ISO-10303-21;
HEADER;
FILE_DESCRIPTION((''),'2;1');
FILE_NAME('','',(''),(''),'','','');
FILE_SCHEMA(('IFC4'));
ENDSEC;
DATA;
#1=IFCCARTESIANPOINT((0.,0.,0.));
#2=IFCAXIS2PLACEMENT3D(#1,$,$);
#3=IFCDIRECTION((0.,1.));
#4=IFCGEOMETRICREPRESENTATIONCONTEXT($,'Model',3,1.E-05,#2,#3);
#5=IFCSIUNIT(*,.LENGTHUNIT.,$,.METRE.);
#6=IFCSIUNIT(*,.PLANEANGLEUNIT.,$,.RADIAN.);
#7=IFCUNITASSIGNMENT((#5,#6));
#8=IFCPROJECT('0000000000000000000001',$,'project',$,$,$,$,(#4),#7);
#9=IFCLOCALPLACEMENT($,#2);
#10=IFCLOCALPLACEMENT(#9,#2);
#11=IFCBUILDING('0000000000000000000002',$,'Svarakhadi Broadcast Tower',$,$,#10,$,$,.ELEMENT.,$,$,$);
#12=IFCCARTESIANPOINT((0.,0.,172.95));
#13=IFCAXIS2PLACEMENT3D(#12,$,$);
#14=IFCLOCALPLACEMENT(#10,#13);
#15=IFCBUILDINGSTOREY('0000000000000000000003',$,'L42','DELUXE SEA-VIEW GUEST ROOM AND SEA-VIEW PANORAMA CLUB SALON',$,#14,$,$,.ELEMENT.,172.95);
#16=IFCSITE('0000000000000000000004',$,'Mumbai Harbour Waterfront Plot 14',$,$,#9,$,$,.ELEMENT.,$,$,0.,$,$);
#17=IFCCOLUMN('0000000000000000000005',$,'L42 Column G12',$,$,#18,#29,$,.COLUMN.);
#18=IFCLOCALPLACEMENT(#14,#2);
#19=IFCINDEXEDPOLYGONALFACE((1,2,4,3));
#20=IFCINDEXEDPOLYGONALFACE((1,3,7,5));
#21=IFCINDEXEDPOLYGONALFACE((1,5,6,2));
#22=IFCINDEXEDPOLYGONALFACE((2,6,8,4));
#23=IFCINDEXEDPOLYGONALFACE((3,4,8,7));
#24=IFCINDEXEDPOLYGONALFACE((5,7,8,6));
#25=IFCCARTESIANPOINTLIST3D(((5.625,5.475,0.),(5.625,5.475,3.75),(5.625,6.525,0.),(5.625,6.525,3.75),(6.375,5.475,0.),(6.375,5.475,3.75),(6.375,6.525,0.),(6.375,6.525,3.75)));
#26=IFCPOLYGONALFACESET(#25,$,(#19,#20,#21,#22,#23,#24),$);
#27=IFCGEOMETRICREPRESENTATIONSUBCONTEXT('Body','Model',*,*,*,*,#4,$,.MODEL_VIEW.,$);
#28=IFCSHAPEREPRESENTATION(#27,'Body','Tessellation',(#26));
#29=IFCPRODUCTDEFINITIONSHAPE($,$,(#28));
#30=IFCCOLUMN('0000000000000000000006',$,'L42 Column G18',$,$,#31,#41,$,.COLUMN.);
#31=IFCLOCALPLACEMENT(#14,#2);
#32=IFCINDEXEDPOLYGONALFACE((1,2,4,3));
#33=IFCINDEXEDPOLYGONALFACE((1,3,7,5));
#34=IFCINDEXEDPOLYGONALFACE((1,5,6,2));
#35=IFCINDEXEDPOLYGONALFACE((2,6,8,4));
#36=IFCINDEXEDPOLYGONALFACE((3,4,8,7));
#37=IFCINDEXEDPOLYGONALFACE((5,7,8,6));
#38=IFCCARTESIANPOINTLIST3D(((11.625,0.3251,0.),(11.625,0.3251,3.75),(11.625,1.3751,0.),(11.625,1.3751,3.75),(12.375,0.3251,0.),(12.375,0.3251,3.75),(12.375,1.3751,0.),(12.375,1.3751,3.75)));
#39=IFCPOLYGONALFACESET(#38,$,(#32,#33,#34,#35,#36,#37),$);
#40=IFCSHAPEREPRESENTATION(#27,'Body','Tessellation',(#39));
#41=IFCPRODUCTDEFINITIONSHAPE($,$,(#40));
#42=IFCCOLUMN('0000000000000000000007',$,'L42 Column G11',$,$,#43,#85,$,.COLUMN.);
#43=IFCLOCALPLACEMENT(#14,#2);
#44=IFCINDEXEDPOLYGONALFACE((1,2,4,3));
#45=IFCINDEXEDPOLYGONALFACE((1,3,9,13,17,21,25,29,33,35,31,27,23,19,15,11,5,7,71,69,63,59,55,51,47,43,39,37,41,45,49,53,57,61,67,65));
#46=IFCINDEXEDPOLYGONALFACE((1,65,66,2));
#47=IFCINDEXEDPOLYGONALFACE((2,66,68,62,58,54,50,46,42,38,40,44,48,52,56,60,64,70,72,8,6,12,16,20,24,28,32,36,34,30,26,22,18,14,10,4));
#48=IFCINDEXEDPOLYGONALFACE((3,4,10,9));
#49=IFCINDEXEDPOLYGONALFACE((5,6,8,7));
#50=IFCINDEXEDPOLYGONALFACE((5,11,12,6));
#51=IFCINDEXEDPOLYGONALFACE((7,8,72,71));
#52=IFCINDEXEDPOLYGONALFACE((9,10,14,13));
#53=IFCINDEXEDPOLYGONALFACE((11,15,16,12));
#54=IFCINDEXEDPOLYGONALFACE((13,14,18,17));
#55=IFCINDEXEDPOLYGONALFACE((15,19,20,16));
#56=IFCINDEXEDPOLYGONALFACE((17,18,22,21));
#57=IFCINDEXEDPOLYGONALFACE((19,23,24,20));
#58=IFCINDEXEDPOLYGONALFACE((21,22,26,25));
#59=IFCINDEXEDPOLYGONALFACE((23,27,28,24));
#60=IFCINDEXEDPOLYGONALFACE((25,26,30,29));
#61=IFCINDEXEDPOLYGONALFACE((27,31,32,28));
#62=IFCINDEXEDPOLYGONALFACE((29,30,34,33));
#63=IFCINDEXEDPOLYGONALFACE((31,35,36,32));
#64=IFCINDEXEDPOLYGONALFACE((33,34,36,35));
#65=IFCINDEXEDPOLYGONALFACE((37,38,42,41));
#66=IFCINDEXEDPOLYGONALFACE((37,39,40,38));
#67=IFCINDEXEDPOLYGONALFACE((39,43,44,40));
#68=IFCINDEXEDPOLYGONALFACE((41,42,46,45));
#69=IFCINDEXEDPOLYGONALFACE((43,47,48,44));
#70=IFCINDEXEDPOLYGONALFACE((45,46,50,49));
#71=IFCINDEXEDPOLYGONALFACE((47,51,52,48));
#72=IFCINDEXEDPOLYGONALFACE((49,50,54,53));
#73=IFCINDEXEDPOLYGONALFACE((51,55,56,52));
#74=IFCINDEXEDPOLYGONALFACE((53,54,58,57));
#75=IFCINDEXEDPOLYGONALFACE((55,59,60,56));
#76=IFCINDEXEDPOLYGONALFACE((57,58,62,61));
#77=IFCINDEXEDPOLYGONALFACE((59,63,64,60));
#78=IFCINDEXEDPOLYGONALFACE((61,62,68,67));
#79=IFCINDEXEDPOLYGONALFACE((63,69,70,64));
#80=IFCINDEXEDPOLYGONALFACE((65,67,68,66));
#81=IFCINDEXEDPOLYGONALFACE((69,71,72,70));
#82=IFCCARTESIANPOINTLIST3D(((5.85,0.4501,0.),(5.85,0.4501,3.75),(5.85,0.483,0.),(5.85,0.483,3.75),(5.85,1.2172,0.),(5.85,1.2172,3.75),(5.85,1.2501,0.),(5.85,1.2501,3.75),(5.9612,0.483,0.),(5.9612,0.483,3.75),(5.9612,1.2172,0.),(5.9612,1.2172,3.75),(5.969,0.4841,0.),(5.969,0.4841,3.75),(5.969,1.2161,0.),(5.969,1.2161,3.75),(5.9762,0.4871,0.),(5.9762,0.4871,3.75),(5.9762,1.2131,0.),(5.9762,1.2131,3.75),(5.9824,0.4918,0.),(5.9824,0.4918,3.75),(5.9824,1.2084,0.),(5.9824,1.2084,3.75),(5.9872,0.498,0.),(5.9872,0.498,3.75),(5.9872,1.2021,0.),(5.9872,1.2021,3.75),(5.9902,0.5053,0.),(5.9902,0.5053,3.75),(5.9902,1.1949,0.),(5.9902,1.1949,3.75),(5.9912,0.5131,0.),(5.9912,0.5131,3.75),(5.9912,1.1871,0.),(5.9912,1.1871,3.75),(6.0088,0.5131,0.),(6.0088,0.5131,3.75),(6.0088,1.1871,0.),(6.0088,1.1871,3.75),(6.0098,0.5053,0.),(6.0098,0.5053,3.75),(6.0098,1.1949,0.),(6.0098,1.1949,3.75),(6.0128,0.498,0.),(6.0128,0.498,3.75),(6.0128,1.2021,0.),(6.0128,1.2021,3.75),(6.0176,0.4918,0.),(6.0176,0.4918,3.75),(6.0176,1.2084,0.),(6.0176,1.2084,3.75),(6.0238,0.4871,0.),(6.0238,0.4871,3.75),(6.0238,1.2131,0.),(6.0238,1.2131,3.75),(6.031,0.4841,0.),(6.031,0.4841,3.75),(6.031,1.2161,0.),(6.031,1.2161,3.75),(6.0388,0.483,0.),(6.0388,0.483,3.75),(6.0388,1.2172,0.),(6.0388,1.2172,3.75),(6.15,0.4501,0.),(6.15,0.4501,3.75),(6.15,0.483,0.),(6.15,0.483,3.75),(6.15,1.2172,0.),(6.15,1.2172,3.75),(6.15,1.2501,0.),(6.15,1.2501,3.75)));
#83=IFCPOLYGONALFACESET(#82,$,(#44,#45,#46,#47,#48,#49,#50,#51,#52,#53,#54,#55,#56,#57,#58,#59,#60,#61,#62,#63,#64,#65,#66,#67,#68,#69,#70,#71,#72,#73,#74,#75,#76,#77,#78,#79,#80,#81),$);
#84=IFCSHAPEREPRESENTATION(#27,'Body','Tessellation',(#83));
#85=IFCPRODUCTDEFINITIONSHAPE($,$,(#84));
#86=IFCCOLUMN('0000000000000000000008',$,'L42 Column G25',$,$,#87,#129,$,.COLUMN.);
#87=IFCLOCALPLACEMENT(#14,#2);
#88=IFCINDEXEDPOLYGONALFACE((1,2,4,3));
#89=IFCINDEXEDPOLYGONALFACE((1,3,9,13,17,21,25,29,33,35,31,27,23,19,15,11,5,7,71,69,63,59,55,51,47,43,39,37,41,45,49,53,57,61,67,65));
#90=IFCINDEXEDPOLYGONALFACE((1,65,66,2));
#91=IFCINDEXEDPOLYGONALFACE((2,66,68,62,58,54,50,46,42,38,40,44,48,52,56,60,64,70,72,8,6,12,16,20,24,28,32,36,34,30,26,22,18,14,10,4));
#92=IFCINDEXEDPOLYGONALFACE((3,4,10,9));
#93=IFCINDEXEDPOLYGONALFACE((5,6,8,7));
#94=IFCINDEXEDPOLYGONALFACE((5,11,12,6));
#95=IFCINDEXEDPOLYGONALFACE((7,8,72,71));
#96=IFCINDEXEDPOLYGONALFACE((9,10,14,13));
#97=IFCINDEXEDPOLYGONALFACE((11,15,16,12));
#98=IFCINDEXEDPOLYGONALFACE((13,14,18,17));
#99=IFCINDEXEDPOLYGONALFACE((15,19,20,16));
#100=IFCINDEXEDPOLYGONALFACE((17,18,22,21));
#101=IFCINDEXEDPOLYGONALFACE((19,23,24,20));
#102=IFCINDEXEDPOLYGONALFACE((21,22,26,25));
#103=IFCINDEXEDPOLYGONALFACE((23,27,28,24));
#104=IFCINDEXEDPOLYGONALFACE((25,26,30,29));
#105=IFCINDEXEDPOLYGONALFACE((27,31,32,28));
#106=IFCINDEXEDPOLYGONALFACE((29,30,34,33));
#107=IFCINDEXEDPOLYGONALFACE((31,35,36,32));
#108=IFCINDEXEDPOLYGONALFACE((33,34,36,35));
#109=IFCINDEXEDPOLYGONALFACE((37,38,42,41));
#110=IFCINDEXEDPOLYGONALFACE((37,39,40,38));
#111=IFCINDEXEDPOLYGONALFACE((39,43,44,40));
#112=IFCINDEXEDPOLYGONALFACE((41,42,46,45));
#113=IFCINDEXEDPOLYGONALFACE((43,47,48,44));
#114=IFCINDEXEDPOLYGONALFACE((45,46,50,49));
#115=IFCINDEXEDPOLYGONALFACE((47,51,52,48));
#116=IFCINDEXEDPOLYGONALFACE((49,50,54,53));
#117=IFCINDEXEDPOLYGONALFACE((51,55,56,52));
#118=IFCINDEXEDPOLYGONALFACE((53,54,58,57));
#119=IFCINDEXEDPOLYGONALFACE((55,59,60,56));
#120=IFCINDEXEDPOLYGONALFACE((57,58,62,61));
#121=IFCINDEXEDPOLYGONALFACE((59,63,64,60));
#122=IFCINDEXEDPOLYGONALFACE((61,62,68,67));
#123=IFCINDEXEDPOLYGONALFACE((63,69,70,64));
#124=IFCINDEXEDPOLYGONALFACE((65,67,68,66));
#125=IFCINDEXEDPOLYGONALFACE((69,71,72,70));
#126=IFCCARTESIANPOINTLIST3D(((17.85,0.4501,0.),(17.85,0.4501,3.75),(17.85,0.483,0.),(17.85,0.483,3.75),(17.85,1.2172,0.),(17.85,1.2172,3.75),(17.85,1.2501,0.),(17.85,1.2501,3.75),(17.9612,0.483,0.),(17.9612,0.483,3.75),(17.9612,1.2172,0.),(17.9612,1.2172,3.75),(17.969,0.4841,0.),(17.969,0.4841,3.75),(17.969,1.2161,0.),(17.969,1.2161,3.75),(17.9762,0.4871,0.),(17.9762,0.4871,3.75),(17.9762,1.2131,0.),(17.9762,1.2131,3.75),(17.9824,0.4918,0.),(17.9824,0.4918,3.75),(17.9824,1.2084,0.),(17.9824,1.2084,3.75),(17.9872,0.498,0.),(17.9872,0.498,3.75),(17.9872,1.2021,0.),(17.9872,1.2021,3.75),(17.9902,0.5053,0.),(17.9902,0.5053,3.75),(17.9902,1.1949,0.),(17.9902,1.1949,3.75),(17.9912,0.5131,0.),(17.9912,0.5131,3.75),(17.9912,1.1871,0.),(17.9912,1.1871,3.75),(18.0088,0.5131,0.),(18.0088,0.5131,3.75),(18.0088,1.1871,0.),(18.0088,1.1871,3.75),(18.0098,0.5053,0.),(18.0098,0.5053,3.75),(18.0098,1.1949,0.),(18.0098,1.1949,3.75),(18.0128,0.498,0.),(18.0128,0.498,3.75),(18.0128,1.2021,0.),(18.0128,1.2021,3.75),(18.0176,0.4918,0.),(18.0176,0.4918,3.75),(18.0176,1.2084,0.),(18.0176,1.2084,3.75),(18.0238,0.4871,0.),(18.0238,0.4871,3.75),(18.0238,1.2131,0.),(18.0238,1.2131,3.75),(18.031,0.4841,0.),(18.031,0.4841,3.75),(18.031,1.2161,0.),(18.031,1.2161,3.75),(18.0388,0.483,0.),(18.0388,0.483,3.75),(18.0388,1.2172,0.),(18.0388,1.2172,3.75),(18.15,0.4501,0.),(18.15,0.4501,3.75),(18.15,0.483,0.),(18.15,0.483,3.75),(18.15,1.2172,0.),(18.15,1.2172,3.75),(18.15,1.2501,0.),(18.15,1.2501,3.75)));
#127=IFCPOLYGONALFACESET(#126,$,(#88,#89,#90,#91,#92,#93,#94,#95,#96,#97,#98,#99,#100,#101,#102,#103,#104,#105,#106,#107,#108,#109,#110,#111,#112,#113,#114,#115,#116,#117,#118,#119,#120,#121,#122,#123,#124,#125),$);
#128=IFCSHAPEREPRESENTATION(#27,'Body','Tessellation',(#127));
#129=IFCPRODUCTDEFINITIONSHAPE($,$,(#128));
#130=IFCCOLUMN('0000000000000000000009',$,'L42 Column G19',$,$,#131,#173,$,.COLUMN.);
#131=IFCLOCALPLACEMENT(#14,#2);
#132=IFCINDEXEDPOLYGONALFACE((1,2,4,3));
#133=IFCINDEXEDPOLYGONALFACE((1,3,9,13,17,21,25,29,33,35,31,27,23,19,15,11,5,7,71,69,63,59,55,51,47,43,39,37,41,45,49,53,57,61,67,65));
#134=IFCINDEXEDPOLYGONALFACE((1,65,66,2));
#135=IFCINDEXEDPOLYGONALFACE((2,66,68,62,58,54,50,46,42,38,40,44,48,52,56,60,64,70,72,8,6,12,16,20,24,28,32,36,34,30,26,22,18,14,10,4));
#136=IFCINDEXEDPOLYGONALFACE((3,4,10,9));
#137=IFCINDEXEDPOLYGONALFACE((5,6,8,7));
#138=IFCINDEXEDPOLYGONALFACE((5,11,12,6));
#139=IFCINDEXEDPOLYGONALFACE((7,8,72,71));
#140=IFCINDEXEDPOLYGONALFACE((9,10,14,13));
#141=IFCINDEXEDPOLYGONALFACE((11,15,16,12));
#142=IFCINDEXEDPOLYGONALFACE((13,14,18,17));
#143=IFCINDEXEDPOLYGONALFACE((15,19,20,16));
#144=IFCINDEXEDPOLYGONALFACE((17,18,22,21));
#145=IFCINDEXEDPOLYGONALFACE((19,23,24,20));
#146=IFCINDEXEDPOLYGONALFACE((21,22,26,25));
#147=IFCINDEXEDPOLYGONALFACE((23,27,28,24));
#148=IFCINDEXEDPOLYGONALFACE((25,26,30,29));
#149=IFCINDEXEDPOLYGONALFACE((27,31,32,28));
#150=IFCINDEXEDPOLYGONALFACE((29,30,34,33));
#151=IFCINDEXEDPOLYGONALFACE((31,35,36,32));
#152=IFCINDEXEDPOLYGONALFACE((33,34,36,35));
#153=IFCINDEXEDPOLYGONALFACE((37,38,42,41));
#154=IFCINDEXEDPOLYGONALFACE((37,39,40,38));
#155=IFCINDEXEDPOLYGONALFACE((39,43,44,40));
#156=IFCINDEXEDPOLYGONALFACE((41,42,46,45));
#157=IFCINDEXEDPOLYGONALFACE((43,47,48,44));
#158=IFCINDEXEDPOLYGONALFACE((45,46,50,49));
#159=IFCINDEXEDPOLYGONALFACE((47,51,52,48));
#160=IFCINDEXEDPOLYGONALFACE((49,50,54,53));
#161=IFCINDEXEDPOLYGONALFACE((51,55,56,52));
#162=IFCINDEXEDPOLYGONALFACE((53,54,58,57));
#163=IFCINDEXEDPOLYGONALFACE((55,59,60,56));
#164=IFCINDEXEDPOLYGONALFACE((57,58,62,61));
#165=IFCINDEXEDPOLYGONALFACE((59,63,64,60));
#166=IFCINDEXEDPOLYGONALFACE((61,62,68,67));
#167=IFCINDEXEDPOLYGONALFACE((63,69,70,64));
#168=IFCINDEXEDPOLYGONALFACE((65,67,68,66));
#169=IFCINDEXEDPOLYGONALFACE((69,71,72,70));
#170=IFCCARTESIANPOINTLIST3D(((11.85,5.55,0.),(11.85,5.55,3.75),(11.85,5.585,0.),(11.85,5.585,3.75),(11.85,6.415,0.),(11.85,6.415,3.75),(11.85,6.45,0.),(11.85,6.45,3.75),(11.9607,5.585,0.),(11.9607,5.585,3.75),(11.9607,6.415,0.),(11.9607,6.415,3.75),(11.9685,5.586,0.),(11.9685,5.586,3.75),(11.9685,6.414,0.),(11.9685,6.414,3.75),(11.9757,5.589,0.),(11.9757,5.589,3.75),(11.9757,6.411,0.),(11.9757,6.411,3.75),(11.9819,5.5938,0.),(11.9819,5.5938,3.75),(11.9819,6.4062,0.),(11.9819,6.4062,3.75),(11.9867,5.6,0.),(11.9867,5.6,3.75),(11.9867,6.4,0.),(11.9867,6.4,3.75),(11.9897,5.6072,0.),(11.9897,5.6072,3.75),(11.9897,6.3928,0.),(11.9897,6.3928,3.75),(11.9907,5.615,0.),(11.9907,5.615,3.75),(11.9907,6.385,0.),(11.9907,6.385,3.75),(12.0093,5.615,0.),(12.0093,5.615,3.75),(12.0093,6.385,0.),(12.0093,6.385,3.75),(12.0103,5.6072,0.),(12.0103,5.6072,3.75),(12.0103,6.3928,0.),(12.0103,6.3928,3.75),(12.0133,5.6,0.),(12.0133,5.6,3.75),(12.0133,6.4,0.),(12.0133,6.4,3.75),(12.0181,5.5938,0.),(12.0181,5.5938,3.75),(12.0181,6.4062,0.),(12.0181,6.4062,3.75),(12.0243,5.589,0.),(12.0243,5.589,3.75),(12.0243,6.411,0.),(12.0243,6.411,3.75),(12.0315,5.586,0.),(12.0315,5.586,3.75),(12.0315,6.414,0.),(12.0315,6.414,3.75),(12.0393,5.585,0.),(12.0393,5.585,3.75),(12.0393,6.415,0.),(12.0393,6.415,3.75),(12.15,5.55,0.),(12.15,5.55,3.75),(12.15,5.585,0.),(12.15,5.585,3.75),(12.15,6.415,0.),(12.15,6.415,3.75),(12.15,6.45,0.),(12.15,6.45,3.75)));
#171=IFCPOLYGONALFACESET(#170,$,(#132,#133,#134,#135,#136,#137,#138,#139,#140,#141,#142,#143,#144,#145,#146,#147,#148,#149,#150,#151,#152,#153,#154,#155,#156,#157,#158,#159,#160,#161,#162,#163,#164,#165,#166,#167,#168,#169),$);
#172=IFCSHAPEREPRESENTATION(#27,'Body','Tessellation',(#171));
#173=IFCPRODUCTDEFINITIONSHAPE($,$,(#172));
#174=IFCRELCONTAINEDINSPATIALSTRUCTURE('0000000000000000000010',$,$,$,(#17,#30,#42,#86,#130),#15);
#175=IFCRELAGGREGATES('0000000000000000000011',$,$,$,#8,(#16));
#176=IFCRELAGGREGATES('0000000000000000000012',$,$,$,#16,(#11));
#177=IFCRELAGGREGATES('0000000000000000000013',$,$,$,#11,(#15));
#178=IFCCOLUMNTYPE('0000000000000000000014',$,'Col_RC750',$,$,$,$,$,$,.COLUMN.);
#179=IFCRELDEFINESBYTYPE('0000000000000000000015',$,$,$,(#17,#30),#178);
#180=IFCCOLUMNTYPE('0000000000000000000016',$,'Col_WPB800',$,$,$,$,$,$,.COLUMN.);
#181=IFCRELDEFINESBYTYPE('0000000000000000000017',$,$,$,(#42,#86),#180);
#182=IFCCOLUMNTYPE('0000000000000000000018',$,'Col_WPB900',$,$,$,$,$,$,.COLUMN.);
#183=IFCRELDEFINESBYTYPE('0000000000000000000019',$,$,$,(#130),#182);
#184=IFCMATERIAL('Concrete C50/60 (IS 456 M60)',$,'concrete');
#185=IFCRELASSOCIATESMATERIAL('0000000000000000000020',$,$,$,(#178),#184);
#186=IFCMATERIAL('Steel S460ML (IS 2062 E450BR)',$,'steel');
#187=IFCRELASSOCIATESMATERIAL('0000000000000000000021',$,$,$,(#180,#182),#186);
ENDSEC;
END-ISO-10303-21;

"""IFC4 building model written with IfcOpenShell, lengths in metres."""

from ifc_helpers import new_model, si_unit, direction, frame, origin, origin_2d, place, context, subcontext, project, spatial, rectangle, i_section, extrude, material, material_profile, profile_set, type_object, element, save


model = new_model("IFC4")

# Units and contexts
model_context = context("Model", 3, precision=1e-05, world=origin(), true_north=direction((0.0, 1.0)))
body_context = subcontext(model_context, "Body", "Model", "MODEL_VIEW")
ifc_project = project(units=[si_unit("LENGTHUNIT", "METRE"), si_unit("PLANEANGLEUNIT", "RADIAN")], contexts=[model_context])

# Site, building, storey
site_placement = place(None, origin())
site = spatial("IfcSite", under=ifc_project, at=site_placement, Name="Mumbai Harbour Waterfront Plot 14", CompositionType="ELEMENT", RefElevation=0.0)
building_placement = place(site_placement, origin())
building = spatial("IfcBuilding", under=site, at=building_placement, Name="Svarakhadi Broadcast Tower", CompositionType="ELEMENT")
storey_placement = place(building_placement, frame((0.0, 0.0, 172.95)))
storey = spatial("IfcBuildingStorey", under=building, at=storey_placement, Name="L42", Description="DELUXE SEA-VIEW GUEST ROOM AND SEA-VIEW PANORAMA CLUB SALON", CompositionType="ELEMENT", Elevation=172.95)

# Columns
ifc_material_1 = material(Name="Concrete C50/60 (IS 456 M60)", Category="concrete")
ifc_material_profile_1 = material_profile(ifc_material_1, rectangle(XDim=0.75, YDim=1.05, at=origin_2d()), Name="RC 750x1050")
ifc_profile_set_1 = profile_set([ifc_material_profile_1], Name="Concrete C50/60 (IS 456 M60)")
column_type_1 = type_object("IfcColumnType", Name="Col_RC750", PredefinedType="COLUMN", material=ifc_profile_set_1)
for number, where, z_axis, x_axis, name in (
    (1, (6.0, 6.0, 0.0), (0.0, 0.0, 1.0), (1.0, 0.0, 0.0), "L42 Column G12"),
    (2, (12.0, 0.8501, 0.0), (0.0, 0.0, 1.0), (1.0, 0.0, 0.0), "L42 Column G18"),
):
    element("IfcColumn", number, at=place(storey_placement, frame(where, z_axis=z_axis, x_axis=x_axis)), inside=storey, type_object=column_type_1, Name=name, PredefinedType="COLUMN", context=body_context, shape_type="SweptSolid", body=[
        extrude(rectangle(XDim=0.75, YDim=1.05, at=origin_2d()), origin(), (0.0, 0.0, 1.0), 3.75),
    ])
ifc_material_2 = material(Name="Steel S460ML (IS 2062 E450BR)", Category="steel")
ifc_material_profile_2 = material_profile(ifc_material_2, i_section(OverallWidth=0.3, OverallDepth=0.8, WebThickness=0.0176, FlangeThickness=0.033, FilletRadius=0.03, at=origin_2d()), Name="WPB 800x300x262")
ifc_profile_set_2 = profile_set([ifc_material_profile_2], Name="Steel S460ML (IS 2062 E450BR)")
column_type_2 = type_object("IfcColumnType", Name="Col_WPB800", PredefinedType="COLUMN", material=ifc_profile_set_2)
for number, where, z_axis, x_axis, name in (
    (3, (6.0, 0.8501, 0.0), (0.0, 0.0, 1.0), (1.0, 0.0, 0.0), "L42 Column G11"),
    (4, (18.0, 0.8501, 0.0), (0.0, 0.0, 1.0), (1.0, 0.0, 0.0), "L42 Column G25"),
):
    element("IfcColumn", number, at=place(storey_placement, frame(where, z_axis=z_axis, x_axis=x_axis)), inside=storey, type_object=column_type_2, Name=name, PredefinedType="COLUMN", context=body_context, shape_type="SweptSolid", body=[
        extrude(i_section(OverallWidth=0.3, OverallDepth=0.8, WebThickness=0.0176, FlangeThickness=0.033, FilletRadius=0.03, at=origin_2d()), origin(), (0.0, 0.0, 1.0), 3.75),
    ])
ifc_material_profile_3 = material_profile(ifc_material_2, i_section(OverallWidth=0.3, OverallDepth=0.8999, WebThickness=0.0186, FlangeThickness=0.0349, FilletRadius=0.03, at=origin_2d()), Name="WPB 900x300x291")
ifc_profile_set_3 = profile_set([ifc_material_profile_3], Name="Steel S460ML (IS 2062 E450BR)")
column_type_3 = type_object("IfcColumnType", Name="Col_WPB900", PredefinedType="COLUMN", material=ifc_profile_set_3)
column_placement = place(storey_placement, frame((12.0, 6.0, 0.0), z_axis=(0.0, 0.0, 1.0), x_axis=(1.0, 0.0, 0.0)))
element("IfcColumn", 5, at=column_placement, inside=storey, type_object=column_type_3, Name="L42 Column G19", PredefinedType="COLUMN", context=body_context, shape_type="SweptSolid", body=[
    extrude(i_section(OverallWidth=0.3, OverallDepth=0.8999, WebThickness=0.0186, FlangeThickness=0.0349, FilletRadius=0.03, at=origin_2d()), origin(), (0.0, 0.0, 1.0), 3.75),
])

save(model, "model.ifc")
